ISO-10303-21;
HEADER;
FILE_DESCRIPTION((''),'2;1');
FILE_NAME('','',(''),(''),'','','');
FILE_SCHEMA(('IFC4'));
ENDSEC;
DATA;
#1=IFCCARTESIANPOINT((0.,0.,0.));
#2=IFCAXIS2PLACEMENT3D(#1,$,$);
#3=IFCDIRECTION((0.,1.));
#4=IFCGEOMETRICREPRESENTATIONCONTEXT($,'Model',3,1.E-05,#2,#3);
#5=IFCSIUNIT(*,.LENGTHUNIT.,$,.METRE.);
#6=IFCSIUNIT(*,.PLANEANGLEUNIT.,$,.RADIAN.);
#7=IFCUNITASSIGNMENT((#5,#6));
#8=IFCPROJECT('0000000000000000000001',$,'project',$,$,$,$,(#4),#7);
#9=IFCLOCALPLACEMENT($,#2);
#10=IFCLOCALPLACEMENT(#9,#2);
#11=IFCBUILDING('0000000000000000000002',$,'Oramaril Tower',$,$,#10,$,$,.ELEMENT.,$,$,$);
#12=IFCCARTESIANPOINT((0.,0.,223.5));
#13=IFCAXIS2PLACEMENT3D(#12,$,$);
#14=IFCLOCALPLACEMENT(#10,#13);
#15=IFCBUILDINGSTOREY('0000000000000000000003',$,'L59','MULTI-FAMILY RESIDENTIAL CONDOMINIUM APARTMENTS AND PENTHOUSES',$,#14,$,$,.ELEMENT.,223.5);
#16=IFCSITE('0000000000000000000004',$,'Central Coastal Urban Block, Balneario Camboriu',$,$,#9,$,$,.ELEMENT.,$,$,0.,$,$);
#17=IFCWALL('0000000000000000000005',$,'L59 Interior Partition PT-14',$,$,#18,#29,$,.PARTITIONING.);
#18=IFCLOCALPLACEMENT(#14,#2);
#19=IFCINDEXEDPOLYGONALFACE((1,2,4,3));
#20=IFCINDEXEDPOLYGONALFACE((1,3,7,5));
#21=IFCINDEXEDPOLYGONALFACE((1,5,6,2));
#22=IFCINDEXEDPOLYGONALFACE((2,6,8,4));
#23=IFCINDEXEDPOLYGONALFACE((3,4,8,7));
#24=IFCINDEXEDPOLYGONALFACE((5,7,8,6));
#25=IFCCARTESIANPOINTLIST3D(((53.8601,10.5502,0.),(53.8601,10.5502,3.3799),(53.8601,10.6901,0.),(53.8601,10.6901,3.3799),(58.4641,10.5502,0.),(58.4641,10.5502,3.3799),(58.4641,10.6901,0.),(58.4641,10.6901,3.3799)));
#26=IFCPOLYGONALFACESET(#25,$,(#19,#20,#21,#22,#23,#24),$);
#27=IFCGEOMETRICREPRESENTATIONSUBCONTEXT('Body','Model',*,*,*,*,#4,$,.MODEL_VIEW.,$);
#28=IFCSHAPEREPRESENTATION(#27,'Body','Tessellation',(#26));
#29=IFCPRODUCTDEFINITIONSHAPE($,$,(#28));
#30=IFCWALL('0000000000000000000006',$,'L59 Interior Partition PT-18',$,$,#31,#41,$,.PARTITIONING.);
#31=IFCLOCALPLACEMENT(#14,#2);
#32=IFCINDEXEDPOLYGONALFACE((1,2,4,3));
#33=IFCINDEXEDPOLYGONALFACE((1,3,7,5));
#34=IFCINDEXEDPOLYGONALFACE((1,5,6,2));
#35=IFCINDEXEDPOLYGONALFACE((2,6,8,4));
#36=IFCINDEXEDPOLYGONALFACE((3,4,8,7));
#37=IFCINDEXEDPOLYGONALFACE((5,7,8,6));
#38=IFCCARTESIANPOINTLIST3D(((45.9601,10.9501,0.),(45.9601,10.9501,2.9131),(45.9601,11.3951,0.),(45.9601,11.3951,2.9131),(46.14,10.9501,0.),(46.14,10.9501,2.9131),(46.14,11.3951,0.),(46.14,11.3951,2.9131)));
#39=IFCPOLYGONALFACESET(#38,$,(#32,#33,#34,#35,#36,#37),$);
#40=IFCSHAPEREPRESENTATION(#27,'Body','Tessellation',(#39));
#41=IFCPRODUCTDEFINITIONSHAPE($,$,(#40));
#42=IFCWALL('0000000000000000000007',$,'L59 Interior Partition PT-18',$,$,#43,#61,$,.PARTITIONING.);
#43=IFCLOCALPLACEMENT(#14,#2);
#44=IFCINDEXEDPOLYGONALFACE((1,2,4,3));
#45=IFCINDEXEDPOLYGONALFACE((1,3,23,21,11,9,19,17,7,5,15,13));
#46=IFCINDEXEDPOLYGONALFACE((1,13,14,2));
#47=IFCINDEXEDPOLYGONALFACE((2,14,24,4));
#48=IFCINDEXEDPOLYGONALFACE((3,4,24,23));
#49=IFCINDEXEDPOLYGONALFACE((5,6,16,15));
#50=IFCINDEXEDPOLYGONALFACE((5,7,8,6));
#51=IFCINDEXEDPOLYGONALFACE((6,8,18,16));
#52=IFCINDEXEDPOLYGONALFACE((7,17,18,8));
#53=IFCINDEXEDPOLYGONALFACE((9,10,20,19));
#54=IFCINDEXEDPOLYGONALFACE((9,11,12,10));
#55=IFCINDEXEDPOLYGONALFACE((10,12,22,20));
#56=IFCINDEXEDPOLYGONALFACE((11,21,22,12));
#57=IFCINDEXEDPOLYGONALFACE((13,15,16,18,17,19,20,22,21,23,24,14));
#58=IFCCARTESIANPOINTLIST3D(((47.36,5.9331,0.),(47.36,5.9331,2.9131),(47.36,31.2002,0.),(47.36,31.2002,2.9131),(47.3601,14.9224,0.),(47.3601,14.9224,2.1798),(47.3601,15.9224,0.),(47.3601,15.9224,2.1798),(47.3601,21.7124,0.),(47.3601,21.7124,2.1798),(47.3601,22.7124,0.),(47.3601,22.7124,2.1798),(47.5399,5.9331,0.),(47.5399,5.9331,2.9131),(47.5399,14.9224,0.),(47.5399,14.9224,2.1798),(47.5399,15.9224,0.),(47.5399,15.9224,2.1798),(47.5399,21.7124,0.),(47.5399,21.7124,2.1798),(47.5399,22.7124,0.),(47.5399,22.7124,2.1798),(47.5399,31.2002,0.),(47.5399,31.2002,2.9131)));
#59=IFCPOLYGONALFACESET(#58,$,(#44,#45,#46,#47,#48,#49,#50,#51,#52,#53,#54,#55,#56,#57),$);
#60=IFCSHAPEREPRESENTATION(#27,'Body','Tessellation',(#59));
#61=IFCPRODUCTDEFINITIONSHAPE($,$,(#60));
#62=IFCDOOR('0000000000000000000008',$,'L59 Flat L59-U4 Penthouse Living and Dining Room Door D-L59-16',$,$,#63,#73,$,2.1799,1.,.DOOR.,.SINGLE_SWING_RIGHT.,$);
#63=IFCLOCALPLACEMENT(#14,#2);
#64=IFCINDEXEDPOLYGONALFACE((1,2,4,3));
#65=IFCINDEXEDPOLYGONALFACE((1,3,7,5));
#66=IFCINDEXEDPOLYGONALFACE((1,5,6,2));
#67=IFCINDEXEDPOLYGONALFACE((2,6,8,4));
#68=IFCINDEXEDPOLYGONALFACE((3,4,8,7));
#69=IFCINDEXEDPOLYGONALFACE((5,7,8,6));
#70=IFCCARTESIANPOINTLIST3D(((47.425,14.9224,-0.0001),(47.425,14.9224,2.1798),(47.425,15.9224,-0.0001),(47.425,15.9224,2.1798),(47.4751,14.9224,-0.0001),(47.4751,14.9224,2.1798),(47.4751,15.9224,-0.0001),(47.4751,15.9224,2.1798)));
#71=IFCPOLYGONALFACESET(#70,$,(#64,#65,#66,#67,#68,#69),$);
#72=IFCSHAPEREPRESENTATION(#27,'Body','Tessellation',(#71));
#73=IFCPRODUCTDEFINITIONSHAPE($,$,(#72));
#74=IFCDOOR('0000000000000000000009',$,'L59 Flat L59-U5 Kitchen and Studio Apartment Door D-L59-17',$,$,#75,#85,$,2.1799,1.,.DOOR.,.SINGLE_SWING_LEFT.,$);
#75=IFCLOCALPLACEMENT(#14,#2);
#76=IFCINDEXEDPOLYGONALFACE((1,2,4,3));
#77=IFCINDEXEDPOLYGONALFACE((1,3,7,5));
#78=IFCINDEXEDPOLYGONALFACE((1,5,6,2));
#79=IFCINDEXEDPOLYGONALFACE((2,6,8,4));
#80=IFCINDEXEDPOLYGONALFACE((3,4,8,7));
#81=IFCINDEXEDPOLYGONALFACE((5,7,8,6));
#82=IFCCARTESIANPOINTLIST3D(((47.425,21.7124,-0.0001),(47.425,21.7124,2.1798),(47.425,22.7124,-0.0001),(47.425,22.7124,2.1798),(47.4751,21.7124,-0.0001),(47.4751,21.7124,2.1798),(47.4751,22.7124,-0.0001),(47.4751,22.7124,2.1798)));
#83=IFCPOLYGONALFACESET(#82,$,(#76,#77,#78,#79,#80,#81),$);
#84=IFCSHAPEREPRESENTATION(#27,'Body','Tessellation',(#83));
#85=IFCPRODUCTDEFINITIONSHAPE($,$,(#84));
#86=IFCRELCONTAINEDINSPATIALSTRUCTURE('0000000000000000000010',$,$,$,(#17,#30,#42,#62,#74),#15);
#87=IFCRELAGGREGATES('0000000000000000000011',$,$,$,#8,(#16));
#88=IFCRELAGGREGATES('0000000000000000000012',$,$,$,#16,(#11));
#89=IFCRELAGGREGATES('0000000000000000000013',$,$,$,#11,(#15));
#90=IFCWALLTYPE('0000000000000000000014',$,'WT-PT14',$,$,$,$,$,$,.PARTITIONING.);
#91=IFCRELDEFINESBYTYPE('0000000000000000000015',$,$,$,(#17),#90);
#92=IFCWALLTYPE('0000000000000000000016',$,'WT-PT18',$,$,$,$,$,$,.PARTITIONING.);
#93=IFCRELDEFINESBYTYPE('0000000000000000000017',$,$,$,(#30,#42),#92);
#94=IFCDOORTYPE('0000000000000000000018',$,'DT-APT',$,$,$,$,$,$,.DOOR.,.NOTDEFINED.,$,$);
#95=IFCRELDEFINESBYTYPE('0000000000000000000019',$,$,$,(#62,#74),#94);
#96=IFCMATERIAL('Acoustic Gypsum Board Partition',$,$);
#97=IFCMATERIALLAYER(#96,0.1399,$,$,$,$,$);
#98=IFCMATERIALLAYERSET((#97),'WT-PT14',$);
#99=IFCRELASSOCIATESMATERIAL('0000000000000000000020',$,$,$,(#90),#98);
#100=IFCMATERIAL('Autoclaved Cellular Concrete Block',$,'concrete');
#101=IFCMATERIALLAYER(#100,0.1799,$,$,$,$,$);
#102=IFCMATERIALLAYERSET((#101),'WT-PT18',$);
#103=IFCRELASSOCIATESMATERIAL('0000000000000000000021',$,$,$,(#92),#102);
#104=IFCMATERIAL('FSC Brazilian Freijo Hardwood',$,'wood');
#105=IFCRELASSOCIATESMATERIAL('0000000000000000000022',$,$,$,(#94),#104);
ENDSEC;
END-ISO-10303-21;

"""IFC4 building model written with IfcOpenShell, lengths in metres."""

from ifc_helpers import new_model, si_unit, direction, frame, frame_2d, origin, place, context, subcontext, project, spatial, rectangle, extrude, material, layer, layer_set, type_object, element, fill, save


model = new_model("IFC4")

# Units and contexts
model_context = context("Model", 3, precision=1e-05, world=origin(), true_north=direction((0.0, 1.0)))
body_context = subcontext(model_context, "Body", "Model", "MODEL_VIEW")
ifc_project = project(units=[si_unit("LENGTHUNIT", "METRE"), si_unit("PLANEANGLEUNIT", "RADIAN")], contexts=[model_context])

# Site, building, storey
site_placement = place(None, origin())
site = spatial("IfcSite", under=ifc_project, at=site_placement, Name="Central Coastal Urban Block, Balneario Camboriu", CompositionType="ELEMENT", RefElevation=0.0)
building_placement = place(site_placement, origin())
building = spatial("IfcBuilding", under=site, at=building_placement, Name="Oramaril Tower", CompositionType="ELEMENT")
storey_placement = place(building_placement, frame((0.0, 0.0, 223.5)))
storey = spatial("IfcBuildingStorey", under=building, at=storey_placement, Name="L59", Description="MULTI-FAMILY RESIDENTIAL CONDOMINIUM APARTMENTS AND PENTHOUSES", CompositionType="ELEMENT", Elevation=223.5)

# Walls
ifc_material_1 = material(Name="Acoustic Gypsum Board Partition")
ifc_layer_1 = layer(ifc_material_1, 0.1399)
ifc_layer_set_1 = layer_set([ifc_layer_1], Name="WT-PT14")
wall_type_1 = type_object("IfcWallType", Name="WT-PT14", PredefinedType="PARTITIONING", material=ifc_layer_set_1)
wall_1_placement = place(storey_placement, frame((53.8601, 10.6201, 0.0), z_axis=(0.0, 0.0, 1.0), x_axis=(1.0, 0.0, 0.0)))
element("IfcWall", 1, at=wall_1_placement, inside=storey, type_object=wall_type_1, Name="L59 Interior Partition PT-14", PredefinedType="PARTITIONING", context=body_context, shape_type="SweptSolid", body=[
    extrude(rectangle(XDim=4.604, YDim=0.1399, at=frame_2d((2.302, 0.0))), origin(), (0.0, 0.0, 1.0), 3.3799),
])
ifc_material_2 = material(Name="Autoclaved Cellular Concrete Block", Category="concrete")
ifc_layer_2 = layer(ifc_material_2, 0.1799)
ifc_layer_set_2 = layer_set([ifc_layer_2], Name="WT-PT18")
wall_type_2 = type_object("IfcWallType", Name="WT-PT18", PredefinedType="PARTITIONING", material=ifc_layer_set_2)
wall_2_placement = place(storey_placement, frame((46.05, 10.95, 0.0), z_axis=(0.0, 0.0, 1.0), x_axis=(0.0, 1.0, 0.0)))
element("IfcWall", 2, at=wall_2_placement, inside=storey, type_object=wall_type_2, Name="L59 Interior Partition PT-18", PredefinedType="PARTITIONING", context=body_context, shape_type="SweptSolid", body=[
    extrude(rectangle(XDim=0.4451, YDim=0.1799, at=frame_2d((0.2227, 0.0))), origin(), (0.0, 0.0, 1.0), 2.9131),
])

# Wall, openings, doors
wall_3_placement = place(storey_placement, frame((47.45, 5.9331, 0.0), z_axis=(0.0, 0.0, 1.0), x_axis=(0.0, 1.0, 0.0)))
wall_3 = element("IfcWall", 3, at=wall_3_placement, inside=storey, type_object=wall_type_2, Name="L59 Interior Partition PT-18", PredefinedType="PARTITIONING", context=body_context, shape_type="SweptSolid", body=[
    extrude(rectangle(XDim=25.2671, YDim=0.1799, at=frame_2d((12.6335, 0.0))), origin(), (0.0, 0.0, 1.0), 2.9131),
])
opening_1_placement = place(wall_3_placement, frame((8.9893, 0.0, 0.0)))
opening_1 = element("IfcOpeningElement", 4, at=opening_1_placement, cuts=wall_3, PredefinedType="OPENING", context=body_context, shape_type="SweptSolid", body=[
    extrude(rectangle(XDim=1.0, YDim=2.1799, at=frame_2d((0.5, 1.0898))), frame((0.0, 0.0898, 0.0), z_axis=(0.0, -1.0, 0.0), x_axis=(1.0, 0.0, 0.0)), (0.0, 0.0, 1.0), 0.1799),
])
opening_2_placement = place(wall_3_placement, frame((15.7793, 0.0, 0.0)))
opening_2 = element("IfcOpeningElement", 5, at=opening_2_placement, cuts=wall_3, PredefinedType="OPENING", context=body_context, shape_type="SweptSolid", body=[
    extrude(rectangle(XDim=1.0, YDim=2.1799, at=frame_2d((0.5, 1.0898))), frame((0.0, 0.0898, 0.0), z_axis=(0.0, -1.0, 0.0), x_axis=(1.0, 0.0, 0.0)), (0.0, 0.0, 1.0), 0.1799),
])
ifc_material_3 = material(Name="FSC Brazilian Freijo Hardwood", Category="wood")
door_type_1 = type_object("IfcDoorType", Name="DT-APT", OperationType="NOTDEFINED", PredefinedType="DOOR", material=ifc_material_3)
door_1_placement = place(opening_1_placement, origin())
door_1 = element("IfcDoor", 6, at=door_1_placement, inside=storey, type_object=door_type_1, Name="L59 Flat L59-U4 Penthouse Living and Dining Room Door D-L59-16", OperationType="SINGLE_SWING_RIGHT", OverallHeight=2.1799, OverallWidth=1.0, PredefinedType="DOOR", context=body_context, shape_type="SweptSolid", body=[
    extrude(rectangle(XDim=1.0, YDim=2.1799, at=frame_2d((0.5, 1.0898))), frame((0.0, 0.0249, 0.0), z_axis=(0.0, -1.0, 0.0), x_axis=(1.0, 0.0, 0.0)), (0.0, 0.0, 1.0), 0.05),
])
fill(opening_1, door_1)
door_2_placement = place(opening_2_placement, origin())
door_2 = element("IfcDoor", 7, at=door_2_placement, inside=storey, type_object=door_type_1, Name="L59 Flat L59-U5 Kitchen and Studio Apartment Door D-L59-17", OperationType="SINGLE_SWING_LEFT", OverallHeight=2.1799, OverallWidth=1.0, PredefinedType="DOOR", context=body_context, shape_type="SweptSolid", body=[
    extrude(rectangle(XDim=1.0, YDim=2.1799, at=frame_2d((0.5, 1.0898))), frame((0.0, 0.0249, 0.0), z_axis=(0.0, -1.0, 0.0), x_axis=(1.0, 0.0, 0.0)), (0.0, 0.0, 1.0), 0.05),
])
fill(opening_2, door_2)

save(model, "model.ifc")
